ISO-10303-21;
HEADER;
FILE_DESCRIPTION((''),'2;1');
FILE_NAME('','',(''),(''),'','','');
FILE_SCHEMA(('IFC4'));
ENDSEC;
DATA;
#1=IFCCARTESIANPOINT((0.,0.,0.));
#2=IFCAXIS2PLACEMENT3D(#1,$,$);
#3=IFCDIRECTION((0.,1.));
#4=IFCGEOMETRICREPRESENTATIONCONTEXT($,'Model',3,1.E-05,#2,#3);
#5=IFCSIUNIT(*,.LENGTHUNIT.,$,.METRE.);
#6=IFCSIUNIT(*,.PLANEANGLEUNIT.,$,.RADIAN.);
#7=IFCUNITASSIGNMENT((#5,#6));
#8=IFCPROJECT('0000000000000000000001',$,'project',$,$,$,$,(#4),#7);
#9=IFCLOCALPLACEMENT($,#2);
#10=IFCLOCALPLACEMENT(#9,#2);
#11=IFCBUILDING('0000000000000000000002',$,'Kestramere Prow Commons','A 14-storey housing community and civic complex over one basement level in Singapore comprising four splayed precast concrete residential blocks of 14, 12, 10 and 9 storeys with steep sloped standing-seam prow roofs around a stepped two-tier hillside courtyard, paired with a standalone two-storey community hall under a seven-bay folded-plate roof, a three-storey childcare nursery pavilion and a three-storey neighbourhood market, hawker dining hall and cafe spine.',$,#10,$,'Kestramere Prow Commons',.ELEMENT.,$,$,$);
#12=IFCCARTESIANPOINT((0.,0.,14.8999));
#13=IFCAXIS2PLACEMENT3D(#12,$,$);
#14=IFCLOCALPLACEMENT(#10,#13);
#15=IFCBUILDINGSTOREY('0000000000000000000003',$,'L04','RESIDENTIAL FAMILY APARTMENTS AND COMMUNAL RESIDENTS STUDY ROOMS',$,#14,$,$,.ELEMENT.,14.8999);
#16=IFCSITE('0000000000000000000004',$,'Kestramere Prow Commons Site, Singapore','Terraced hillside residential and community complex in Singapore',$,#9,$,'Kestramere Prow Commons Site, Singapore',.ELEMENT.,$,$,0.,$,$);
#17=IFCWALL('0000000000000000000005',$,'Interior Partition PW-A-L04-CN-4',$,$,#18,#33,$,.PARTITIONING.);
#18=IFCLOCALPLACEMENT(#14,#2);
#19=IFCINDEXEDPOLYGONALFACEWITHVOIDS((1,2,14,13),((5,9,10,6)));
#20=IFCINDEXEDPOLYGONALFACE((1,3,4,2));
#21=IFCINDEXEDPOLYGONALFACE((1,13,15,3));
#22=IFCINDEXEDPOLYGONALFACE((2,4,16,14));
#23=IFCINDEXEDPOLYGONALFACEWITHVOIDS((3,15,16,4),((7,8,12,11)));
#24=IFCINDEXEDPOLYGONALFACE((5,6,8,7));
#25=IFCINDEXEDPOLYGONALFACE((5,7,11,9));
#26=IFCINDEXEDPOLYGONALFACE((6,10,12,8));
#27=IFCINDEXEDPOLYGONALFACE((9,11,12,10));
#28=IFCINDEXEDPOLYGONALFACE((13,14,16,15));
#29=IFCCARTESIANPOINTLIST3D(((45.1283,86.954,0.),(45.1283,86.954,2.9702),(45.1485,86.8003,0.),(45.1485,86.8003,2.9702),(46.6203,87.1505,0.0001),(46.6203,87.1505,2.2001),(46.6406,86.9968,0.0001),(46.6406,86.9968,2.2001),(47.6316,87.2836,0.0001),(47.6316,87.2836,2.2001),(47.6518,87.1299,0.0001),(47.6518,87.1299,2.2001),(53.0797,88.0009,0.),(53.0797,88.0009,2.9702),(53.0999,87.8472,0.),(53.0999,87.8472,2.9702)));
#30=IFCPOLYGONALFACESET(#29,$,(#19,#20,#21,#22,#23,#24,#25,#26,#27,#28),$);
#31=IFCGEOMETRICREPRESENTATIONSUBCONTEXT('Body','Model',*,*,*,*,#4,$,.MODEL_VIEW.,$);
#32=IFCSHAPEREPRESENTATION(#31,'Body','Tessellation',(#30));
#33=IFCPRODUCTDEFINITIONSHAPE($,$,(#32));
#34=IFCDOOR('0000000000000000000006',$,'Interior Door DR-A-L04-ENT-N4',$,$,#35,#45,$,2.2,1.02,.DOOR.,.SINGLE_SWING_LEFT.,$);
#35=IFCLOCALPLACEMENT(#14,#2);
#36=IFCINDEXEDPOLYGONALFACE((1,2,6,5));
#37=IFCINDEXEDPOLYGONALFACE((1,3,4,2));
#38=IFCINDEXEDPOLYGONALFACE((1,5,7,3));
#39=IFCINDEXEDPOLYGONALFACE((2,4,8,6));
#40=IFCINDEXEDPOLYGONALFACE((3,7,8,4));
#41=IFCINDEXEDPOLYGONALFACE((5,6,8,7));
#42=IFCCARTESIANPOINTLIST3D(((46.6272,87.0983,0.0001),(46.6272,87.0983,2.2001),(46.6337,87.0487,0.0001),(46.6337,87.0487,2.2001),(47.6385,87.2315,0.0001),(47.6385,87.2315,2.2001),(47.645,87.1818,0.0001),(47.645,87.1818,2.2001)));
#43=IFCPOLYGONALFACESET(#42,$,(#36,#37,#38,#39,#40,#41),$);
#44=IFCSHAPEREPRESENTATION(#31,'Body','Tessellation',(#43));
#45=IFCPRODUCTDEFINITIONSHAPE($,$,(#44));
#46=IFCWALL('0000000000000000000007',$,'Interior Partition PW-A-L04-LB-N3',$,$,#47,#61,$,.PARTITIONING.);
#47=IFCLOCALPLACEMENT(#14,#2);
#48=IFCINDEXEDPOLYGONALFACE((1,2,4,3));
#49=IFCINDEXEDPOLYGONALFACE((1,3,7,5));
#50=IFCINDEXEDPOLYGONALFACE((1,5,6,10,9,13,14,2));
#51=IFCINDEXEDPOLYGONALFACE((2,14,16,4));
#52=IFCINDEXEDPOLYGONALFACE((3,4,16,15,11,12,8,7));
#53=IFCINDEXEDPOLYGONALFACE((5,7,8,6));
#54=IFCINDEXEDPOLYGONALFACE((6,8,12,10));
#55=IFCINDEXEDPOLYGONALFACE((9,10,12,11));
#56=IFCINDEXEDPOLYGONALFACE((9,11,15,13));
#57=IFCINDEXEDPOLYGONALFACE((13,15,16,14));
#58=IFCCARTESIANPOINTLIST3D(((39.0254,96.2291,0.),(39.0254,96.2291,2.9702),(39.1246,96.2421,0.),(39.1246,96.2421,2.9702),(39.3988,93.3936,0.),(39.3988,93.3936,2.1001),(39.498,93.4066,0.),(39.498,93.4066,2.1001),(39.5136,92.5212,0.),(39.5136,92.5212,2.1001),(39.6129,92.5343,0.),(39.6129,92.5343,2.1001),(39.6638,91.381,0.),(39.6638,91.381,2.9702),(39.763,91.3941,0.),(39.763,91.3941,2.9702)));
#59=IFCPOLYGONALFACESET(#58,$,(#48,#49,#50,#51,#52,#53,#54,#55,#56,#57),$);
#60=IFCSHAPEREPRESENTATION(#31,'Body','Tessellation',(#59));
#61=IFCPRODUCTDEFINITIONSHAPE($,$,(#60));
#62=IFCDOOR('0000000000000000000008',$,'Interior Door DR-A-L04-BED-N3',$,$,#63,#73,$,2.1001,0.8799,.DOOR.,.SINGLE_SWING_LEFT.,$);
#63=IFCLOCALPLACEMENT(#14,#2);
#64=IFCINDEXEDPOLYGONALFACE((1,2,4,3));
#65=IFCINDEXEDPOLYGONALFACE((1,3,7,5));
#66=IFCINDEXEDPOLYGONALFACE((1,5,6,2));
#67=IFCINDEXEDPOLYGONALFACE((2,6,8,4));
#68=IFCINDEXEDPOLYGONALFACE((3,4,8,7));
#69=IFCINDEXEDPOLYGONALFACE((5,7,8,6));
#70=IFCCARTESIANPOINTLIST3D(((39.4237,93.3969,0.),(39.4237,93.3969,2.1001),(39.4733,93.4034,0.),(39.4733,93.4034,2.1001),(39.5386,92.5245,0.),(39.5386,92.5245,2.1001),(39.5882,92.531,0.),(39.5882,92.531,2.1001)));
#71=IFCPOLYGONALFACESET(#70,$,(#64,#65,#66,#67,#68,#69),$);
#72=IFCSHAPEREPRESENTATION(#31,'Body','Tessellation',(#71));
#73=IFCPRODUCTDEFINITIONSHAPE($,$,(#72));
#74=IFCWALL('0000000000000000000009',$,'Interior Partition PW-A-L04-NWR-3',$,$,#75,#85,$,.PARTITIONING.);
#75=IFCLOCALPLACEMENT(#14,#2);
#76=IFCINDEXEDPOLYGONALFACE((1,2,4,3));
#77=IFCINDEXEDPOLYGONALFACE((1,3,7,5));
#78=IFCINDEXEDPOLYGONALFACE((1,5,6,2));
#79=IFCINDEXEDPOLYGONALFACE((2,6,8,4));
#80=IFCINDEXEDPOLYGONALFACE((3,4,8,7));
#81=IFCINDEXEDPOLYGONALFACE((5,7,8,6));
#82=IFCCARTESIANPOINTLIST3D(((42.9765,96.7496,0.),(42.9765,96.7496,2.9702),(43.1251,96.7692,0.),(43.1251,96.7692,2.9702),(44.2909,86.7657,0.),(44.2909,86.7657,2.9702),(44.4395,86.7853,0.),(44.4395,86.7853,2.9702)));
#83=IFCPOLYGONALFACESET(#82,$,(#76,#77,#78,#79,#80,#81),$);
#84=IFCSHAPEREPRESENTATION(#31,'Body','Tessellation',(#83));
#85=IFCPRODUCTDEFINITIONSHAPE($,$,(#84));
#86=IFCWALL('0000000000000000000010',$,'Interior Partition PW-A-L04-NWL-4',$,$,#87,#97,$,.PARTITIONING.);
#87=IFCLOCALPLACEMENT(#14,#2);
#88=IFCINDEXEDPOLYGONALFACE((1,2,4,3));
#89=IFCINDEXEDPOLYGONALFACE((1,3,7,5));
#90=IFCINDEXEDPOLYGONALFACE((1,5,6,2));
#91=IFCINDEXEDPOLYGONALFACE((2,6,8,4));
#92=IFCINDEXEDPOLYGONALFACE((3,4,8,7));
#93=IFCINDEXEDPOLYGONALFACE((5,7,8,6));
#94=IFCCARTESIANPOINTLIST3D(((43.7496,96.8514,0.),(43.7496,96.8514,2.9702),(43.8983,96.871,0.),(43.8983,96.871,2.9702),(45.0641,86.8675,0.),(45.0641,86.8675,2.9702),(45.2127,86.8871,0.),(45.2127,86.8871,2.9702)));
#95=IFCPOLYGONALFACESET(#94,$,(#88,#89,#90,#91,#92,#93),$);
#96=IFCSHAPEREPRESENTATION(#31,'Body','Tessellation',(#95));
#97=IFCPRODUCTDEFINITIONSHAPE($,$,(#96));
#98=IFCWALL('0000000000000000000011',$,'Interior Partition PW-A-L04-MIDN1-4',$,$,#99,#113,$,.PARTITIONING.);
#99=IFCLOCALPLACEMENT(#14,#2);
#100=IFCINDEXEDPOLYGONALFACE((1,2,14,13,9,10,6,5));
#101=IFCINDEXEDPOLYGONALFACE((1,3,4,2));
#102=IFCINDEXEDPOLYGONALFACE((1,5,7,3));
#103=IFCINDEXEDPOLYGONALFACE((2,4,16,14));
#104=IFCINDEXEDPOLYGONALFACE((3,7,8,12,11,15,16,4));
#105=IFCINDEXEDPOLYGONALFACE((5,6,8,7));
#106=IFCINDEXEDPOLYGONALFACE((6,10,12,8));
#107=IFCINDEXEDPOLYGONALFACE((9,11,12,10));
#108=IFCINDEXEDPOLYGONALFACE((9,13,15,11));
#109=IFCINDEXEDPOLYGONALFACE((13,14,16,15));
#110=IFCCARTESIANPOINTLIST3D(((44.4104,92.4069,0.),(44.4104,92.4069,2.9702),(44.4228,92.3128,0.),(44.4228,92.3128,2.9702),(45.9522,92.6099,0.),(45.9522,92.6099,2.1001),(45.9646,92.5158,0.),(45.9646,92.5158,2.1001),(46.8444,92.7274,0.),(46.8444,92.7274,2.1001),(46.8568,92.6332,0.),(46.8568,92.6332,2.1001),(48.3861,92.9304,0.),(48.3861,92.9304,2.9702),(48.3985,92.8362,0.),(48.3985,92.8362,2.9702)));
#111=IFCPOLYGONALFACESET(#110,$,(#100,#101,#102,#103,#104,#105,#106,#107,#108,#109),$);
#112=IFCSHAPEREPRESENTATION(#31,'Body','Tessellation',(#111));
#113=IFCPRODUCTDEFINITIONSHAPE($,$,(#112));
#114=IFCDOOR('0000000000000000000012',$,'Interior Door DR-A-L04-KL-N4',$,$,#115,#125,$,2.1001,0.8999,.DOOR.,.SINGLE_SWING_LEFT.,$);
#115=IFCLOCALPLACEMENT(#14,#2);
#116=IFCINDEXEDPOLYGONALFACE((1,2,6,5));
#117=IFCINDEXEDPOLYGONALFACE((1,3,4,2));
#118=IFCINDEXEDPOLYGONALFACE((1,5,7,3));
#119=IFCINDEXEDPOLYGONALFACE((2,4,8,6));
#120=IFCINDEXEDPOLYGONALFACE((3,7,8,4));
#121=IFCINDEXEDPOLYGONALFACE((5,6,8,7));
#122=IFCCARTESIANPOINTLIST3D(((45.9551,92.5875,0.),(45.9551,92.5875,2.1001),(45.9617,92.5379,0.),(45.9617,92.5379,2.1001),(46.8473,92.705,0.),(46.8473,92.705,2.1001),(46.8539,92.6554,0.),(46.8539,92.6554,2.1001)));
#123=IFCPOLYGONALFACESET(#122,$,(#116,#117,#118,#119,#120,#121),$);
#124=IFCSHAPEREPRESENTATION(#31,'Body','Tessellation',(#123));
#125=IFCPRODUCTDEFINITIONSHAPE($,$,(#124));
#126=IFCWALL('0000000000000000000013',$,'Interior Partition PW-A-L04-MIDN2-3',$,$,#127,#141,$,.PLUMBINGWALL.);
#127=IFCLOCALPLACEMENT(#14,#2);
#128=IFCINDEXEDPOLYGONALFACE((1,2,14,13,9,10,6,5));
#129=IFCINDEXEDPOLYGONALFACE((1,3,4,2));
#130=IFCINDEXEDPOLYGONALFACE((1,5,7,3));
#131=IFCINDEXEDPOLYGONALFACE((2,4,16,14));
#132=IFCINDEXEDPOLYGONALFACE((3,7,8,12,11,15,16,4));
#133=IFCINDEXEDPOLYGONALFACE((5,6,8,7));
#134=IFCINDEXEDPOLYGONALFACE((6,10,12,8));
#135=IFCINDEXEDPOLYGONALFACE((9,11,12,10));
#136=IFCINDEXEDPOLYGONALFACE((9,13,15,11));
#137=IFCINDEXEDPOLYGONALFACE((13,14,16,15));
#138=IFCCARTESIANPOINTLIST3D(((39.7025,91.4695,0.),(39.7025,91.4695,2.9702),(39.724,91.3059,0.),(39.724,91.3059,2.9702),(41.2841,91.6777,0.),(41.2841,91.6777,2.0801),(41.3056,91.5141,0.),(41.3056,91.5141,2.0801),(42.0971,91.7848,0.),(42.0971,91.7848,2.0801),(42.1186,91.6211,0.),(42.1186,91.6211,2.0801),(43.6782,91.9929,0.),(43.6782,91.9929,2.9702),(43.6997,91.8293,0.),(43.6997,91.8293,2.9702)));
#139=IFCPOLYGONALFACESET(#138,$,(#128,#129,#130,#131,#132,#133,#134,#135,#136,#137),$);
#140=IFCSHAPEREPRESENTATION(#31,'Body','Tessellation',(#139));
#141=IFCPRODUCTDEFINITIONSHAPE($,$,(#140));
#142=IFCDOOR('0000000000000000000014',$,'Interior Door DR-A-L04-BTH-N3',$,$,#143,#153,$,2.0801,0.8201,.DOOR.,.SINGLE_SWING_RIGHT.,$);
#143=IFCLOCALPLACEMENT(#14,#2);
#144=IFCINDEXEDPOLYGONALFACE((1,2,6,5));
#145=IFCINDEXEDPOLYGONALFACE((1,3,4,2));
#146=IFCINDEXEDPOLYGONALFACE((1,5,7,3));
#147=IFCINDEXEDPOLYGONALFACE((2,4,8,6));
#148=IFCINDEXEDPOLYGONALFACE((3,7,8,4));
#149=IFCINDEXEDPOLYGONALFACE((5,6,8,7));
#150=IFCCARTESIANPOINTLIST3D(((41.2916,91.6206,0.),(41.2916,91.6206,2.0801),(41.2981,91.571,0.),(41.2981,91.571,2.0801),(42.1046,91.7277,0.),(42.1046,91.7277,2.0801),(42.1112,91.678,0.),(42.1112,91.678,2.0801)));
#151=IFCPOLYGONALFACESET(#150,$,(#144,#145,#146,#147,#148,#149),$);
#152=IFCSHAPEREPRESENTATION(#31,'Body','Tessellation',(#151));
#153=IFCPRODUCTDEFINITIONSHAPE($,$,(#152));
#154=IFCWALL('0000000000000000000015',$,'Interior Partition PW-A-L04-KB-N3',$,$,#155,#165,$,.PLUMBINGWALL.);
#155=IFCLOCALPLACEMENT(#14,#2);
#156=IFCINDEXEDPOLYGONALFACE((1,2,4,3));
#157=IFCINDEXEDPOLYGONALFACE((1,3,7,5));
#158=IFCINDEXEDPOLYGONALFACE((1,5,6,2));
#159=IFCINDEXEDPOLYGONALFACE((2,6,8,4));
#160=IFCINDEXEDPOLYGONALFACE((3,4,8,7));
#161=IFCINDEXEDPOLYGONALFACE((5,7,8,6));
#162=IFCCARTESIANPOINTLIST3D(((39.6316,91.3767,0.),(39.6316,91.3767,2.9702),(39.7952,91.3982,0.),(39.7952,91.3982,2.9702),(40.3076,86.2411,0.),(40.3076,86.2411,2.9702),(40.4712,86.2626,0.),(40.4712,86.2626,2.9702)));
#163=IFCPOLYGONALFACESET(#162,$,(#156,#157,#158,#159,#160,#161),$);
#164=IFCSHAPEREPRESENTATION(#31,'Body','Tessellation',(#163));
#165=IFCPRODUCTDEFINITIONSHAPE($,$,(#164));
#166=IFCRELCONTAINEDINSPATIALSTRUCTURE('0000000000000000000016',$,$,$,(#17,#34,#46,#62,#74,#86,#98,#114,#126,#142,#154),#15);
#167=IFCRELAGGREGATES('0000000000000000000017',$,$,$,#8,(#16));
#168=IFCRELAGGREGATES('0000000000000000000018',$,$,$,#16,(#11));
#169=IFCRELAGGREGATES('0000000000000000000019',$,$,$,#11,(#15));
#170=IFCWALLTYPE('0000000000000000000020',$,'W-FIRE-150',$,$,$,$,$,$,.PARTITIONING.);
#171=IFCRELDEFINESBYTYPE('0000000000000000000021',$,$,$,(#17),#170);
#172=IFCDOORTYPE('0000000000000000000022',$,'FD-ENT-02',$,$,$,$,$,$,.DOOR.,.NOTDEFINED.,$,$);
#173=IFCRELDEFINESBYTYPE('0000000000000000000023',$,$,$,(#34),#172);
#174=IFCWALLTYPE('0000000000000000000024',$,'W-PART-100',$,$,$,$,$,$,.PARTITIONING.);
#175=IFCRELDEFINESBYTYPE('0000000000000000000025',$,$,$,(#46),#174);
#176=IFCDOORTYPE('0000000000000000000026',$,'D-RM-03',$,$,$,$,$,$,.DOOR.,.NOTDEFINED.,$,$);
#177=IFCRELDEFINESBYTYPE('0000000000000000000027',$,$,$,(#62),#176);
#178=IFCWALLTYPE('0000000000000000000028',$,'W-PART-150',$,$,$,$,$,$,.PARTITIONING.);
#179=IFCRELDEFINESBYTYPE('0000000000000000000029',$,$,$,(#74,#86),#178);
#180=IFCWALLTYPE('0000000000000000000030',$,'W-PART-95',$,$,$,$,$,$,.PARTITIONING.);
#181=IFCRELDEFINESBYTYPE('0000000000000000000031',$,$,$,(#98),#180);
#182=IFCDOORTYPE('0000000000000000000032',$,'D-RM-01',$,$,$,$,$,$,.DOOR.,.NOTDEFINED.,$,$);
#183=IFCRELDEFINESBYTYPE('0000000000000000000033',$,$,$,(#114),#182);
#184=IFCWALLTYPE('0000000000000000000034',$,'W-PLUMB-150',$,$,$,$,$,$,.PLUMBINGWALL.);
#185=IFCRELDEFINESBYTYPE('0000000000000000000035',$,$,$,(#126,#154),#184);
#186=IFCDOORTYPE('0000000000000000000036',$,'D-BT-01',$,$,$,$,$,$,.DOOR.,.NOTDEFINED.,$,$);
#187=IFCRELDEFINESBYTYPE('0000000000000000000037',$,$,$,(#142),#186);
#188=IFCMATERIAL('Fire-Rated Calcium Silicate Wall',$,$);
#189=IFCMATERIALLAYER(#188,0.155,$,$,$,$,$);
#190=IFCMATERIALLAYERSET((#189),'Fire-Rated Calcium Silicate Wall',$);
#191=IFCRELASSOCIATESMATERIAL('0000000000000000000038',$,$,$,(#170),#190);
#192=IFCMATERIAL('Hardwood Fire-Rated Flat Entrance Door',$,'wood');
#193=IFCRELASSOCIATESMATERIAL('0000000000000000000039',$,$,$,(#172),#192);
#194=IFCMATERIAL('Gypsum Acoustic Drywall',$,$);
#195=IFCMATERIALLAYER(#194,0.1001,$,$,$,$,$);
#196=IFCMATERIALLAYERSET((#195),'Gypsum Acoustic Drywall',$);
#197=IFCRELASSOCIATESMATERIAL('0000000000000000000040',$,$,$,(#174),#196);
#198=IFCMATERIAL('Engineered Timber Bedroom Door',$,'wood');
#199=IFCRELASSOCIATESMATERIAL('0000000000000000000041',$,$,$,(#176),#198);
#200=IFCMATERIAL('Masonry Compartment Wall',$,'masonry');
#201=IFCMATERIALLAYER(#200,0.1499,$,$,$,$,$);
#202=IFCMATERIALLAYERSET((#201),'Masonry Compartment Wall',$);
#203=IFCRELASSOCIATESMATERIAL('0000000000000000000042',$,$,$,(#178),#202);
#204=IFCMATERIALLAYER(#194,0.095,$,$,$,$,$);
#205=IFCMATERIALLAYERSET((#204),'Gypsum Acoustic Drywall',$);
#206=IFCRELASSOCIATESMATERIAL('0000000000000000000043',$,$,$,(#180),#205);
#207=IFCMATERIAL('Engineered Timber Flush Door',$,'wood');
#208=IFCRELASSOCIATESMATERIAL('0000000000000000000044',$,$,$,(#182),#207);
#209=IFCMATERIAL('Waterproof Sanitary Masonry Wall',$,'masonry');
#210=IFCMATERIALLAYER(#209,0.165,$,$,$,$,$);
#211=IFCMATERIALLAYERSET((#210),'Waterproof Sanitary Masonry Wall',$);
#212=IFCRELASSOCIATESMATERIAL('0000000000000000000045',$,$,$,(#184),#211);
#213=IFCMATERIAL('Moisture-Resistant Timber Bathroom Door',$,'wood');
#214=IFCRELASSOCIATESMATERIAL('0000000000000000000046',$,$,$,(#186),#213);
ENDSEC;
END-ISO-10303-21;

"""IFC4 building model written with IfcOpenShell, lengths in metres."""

from ifc_helpers import new_model, si_unit, direction, frame, frame_2d, origin, place, context, subcontext, project, spatial, rectangle, extrude, material, layer, layer_set, type_object, element, fill, save


model = new_model("IFC4")

# Units and contexts
model_context = context("Model", 3, precision=1e-05, world=origin(), true_north=direction((0.0, 1.0)))
body_context = subcontext(model_context, "Body", "Model", "MODEL_VIEW")
ifc_project = project(units=[si_unit("LENGTHUNIT", "METRE"), si_unit("PLANEANGLEUNIT", "RADIAN")], contexts=[model_context])

# Site, building, storey
site_placement = place(None, origin())
site = spatial("IfcSite", under=ifc_project, at=site_placement, Name="Kestramere Prow Commons Site, Singapore", Description="Terraced hillside residential and community complex in Singapore", LongName="Kestramere Prow Commons Site, Singapore", CompositionType="ELEMENT", RefElevation=0.0)
building_placement = place(site_placement, origin())
building = spatial("IfcBuilding", under=site, at=building_placement, Name="Kestramere Prow Commons", Description="A 14-storey housing community and civic complex over one basement level in Singapore comprising four splayed precast concrete residential blocks of 14, 12, 10 and 9 storeys with steep sloped standing-seam prow roofs around a stepped two-tier hillside courtyard, paired with a standalone two-storey community hall under a seven-bay folded-plate roof, a three-storey childcare nursery pavilion and a three-storey neighbourhood market, hawker dining hall and cafe spine.", LongName="Kestramere Prow Commons", CompositionType="ELEMENT")
storey_placement = place(building_placement, frame((0.0, 0.0, 14.8999)))
storey = spatial("IfcBuildingStorey", under=building, at=storey_placement, Name="L04", Description="RESIDENTIAL FAMILY APARTMENTS AND COMMUNAL RESIDENTS STUDY ROOMS", CompositionType="ELEMENT", Elevation=14.8999)

# Walls, openings, doors
ifc_material_1 = material(Name="Fire-Rated Calcium Silicate Wall")
ifc_layer_1 = layer(ifc_material_1, 0.155)
ifc_layer_set_1 = layer_set([ifc_layer_1], Name="Fire-Rated Calcium Silicate Wall")
wall_type_1 = type_object("IfcWallType", Name="W-FIRE-150", PredefinedType="PARTITIONING", material=ifc_layer_set_1)
ifc_material_2 = material(Name="Hardwood Fire-Rated Flat Entrance Door", Category="wood")
door_type_1 = type_object("IfcDoorType", Name="FD-ENT-02", OperationType="NOTDEFINED", PredefinedType="DOOR", material=ifc_material_2)
wall_1_placement = place(storey_placement, frame((45.1384, 86.8772, 0.0), z_axis=(0.0, 0.0, 1.0), x_axis=(0.991444, 0.130532, 0.0)))
wall_1 = element("IfcWall", 1, at=wall_1_placement, inside=storey, type_object=wall_type_1, Name="Interior Partition PW-A-L04-CN-4", PredefinedType="PARTITIONING", context=body_context, shape_type="SweptSolid", body=[
    extrude(rectangle(XDim=8.02, YDim=0.155, at=frame_2d((4.01, 0.0))), origin(), (0.0, 0.0, 1.0), 2.9702),
])
opening_1_placement = place(wall_1_placement, frame((1.5049, 0.0, 0.0)))
opening_1 = element("IfcOpeningElement", 2, at=opening_1_placement, cuts=wall_1, PredefinedType="OPENING", context=body_context, shape_type="SweptSolid", body=[
    extrude(rectangle(XDim=1.02, YDim=2.2, at=frame_2d((0.51, 1.1001))), frame((0.0, 0.0925, 0.0), z_axis=(0.0, -1.0, 0.0), x_axis=(1.0, 0.0, 0.0)), (0.0, 0.0, 1.0), 0.1851),
])
door_1_placement = place(opening_1_placement, origin())
door_1 = element("IfcDoor", 3, at=door_1_placement, inside=storey, type_object=door_type_1, Name="Interior Door DR-A-L04-ENT-N4", OperationType="SINGLE_SWING_LEFT", OverallHeight=2.2, OverallWidth=1.02, PredefinedType="DOOR", context=body_context, shape_type="SweptSolid", body=[
    extrude(rectangle(XDim=1.02, YDim=2.2, at=frame_2d((0.51, 1.1001))), frame((0.0, 0.0249, 0.0), z_axis=(0.0, -1.0, 0.0), x_axis=(1.0, 0.0, 0.0)), (0.0, 0.0, 1.0), 0.05),
])
fill(opening_1, door_1)
ifc_material_3 = material(Name="Gypsum Acoustic Drywall")
ifc_layer_2 = layer(ifc_material_3, 0.1001)
ifc_layer_set_2 = layer_set([ifc_layer_2], Name="Gypsum Acoustic Drywall")
wall_type_2 = type_object("IfcWallType", Name="W-PART-100", PredefinedType="PARTITIONING", material=ifc_layer_set_2)
wall_2_placement = place(storey_placement, frame((39.7134, 91.3877, 0.0), z_axis=(0.0, 0.0, 1.0), x_axis=(-0.130558, 0.991441, 0.0)))
wall_2 = element("IfcWall", 4, at=wall_2_placement, inside=storey, type_object=wall_type_2, Name="Interior Partition PW-A-L04-LB-N3", PredefinedType="PARTITIONING", context=body_context, shape_type="SweptSolid", body=[
    extrude(rectangle(XDim=4.8899, YDim=0.1001, at=frame_2d((2.4448, 0.0))), origin(), (0.0, 0.0, 1.0), 2.9702),
])
opening_2_placement = place(wall_2_placement, frame((1.1499, 0.0, 0.0)))
opening_2 = element("IfcOpeningElement", 5, at=opening_2_placement, cuts=wall_2, PredefinedType="OPENING", context=body_context, shape_type="SweptSolid", body=[
    extrude(rectangle(XDim=0.8799, YDim=2.1001, at=frame_2d((0.4399, 1.05))), frame((0.0, 0.0649, 0.0), z_axis=(0.0, -1.0, 0.0), x_axis=(1.0, 0.0, 0.0)), (0.0, 0.0, 1.0), 0.1301),
])
ifc_material_4 = material(Name="Engineered Timber Bedroom Door", Category="wood")
door_type_2 = type_object("IfcDoorType", Name="D-RM-03", OperationType="NOTDEFINED", PredefinedType="DOOR", material=ifc_material_4)
door_2_placement = place(opening_2_placement, origin())
door_2 = element("IfcDoor", 6, at=door_2_placement, inside=storey, type_object=door_type_2, Name="Interior Door DR-A-L04-BED-N3", OperationType="SINGLE_SWING_LEFT", OverallHeight=2.1001, OverallWidth=0.8799, PredefinedType="DOOR", context=body_context, shape_type="SweptSolid", body=[
    extrude(rectangle(XDim=0.8799, YDim=2.1001, at=frame_2d((0.4399, 1.05))), frame((0.0, 0.0249, 0.0), z_axis=(0.0, -1.0, 0.0), x_axis=(1.0, 0.0, 0.0)), (0.0, 0.0, 1.0), 0.05),
])
fill(opening_2, door_2)

# Walls
ifc_material_5 = material(Name="Masonry Compartment Wall", Category="masonry")
ifc_layer_3 = layer(ifc_material_5, 0.1499)
ifc_layer_set_3 = layer_set([ifc_layer_3], Name="Masonry Compartment Wall")
wall_type_3 = type_object("IfcWallType", Name="W-PART-150", PredefinedType="PARTITIONING", material=ifc_layer_set_3)
for number, where, z_axis, x_axis, name in (
    (7, (44.3652, 86.7754, 0.0), (0.0, 0.0, 1.0), (-0.130531, 0.991444, 0.0), "Interior Partition PW-A-L04-NWR-3"),
    (8, (45.1384, 86.8772, 0.0), (0.0, 0.0, 1.0), (-0.130531, 0.991444, 0.0), "Interior Partition PW-A-L04-NWL-4"),
):
    element("IfcWall", number, at=place(storey_placement, frame(where, z_axis=z_axis, x_axis=x_axis)), inside=storey, type_object=wall_type_3, Name=name, PredefinedType="PARTITIONING", context=body_context, shape_type="SweptSolid", body=[
        extrude(rectangle(XDim=10.0701, YDim=0.1499, at=frame_2d((5.0352, 0.0))), origin(), (0.0, 0.0, 1.0), 2.9702),
    ])

# Walls, openings, doors
ifc_layer_4 = layer(ifc_material_3, 0.095)
ifc_layer_set_4 = layer_set([ifc_layer_4], Name="Gypsum Acoustic Drywall")
wall_type_4 = type_object("IfcWallType", Name="W-PART-95", PredefinedType="PARTITIONING", material=ifc_layer_set_4)
wall_3_placement = place(storey_placement, frame((44.4167, 92.3599, 0.0), z_axis=(0.0, 0.0, 1.0), x_axis=(0.991444, 0.130536, 0.0)))
wall_3 = element("IfcWall", 9, at=wall_3_placement, inside=storey, type_object=wall_type_4, Name="Interior Partition PW-A-L04-MIDN1-4", PredefinedType="PARTITIONING", context=body_context, shape_type="SweptSolid", body=[
    extrude(rectangle(XDim=4.01, YDim=0.095, at=frame_2d((2.0049, 0.0))), origin(), (0.0, 0.0, 1.0), 2.9702),
])
opening_3_placement = place(wall_3_placement, frame((1.5549, 0.0, 0.0)))
opening_3 = element("IfcOpeningElement", 10, at=opening_3_placement, cuts=wall_3, PredefinedType="OPENING", context=body_context, shape_type="SweptSolid", body=[
    extrude(rectangle(XDim=0.8999, YDim=2.1001, at=frame_2d((0.45, 1.05))), frame((0.0, 0.0625, 0.0), z_axis=(0.0, -1.0, 0.0), x_axis=(1.0, 0.0, 0.0)), (0.0, 0.0, 1.0), 0.125),
])
ifc_material_6 = material(Name="Engineered Timber Flush Door", Category="wood")
door_type_3 = type_object("IfcDoorType", Name="D-RM-01", OperationType="NOTDEFINED", PredefinedType="DOOR", material=ifc_material_6)
door_3_placement = place(opening_3_placement, origin())
door_3 = element("IfcDoor", 11, at=door_3_placement, inside=storey, type_object=door_type_3, Name="Interior Door DR-A-L04-KL-N4", OperationType="SINGLE_SWING_LEFT", OverallHeight=2.1001, OverallWidth=0.8999, PredefinedType="DOOR", context=body_context, shape_type="SweptSolid", body=[
    extrude(rectangle(XDim=0.8999, YDim=2.1001, at=frame_2d((0.45, 1.05))), frame((0.0, 0.0249, 0.0), z_axis=(0.0, -1.0, 0.0), x_axis=(1.0, 0.0, 0.0)), (0.0, 0.0, 1.0), 0.05),
])
fill(opening_3, door_3)
ifc_material_7 = material(Name="Waterproof Sanitary Masonry Wall", Category="masonry")
ifc_layer_5 = layer(ifc_material_7, 0.165)
ifc_layer_set_5 = layer_set([ifc_layer_5], Name="Waterproof Sanitary Masonry Wall")
wall_type_5 = type_object("IfcWallType", Name="W-PLUMB-150", PredefinedType="PLUMBINGWALL", material=ifc_layer_set_5)
wall_4_placement = place(storey_placement, frame((39.7134, 91.3877, 0.0), z_axis=(0.0, 0.0, 1.0), x_axis=(0.991444, 0.130536, 0.0)))
wall_4 = element("IfcWall", 12, at=wall_4_placement, inside=storey, type_object=wall_type_5, Name="Interior Partition PW-A-L04-MIDN2-3", PredefinedType="PLUMBINGWALL", context=body_context, shape_type="SweptSolid", body=[
    extrude(rectangle(XDim=4.01, YDim=0.165, at=frame_2d((2.0049, 0.0))), origin(), (0.0, 0.0, 1.0), 2.9702),
])
opening_4_placement = place(wall_4_placement, frame((1.595, 0.0, 0.0)))
opening_4 = element("IfcOpeningElement", 13, at=opening_4_placement, cuts=wall_4, PredefinedType="OPENING", context=body_context, shape_type="SweptSolid", body=[
    extrude(rectangle(XDim=0.8201, YDim=2.0801, at=frame_2d((0.4102, 1.04))), frame((0.0, 0.0974, 0.0), z_axis=(0.0, -1.0, 0.0), x_axis=(1.0, 0.0, 0.0)), (0.0, 0.0, 1.0), 0.1951),
])
ifc_material_8 = material(Name="Moisture-Resistant Timber Bathroom Door", Category="wood")
door_type_4 = type_object("IfcDoorType", Name="D-BT-01", OperationType="NOTDEFINED", PredefinedType="DOOR", material=ifc_material_8)
door_4_placement = place(opening_4_placement, origin())
door_4 = element("IfcDoor", 14, at=door_4_placement, inside=storey, type_object=door_type_4, Name="Interior Door DR-A-L04-BTH-N3", OperationType="SINGLE_SWING_RIGHT", OverallHeight=2.0801, OverallWidth=0.8201, PredefinedType="DOOR", context=body_context, shape_type="SweptSolid", body=[
    extrude(rectangle(XDim=0.8201, YDim=2.0801, at=frame_2d((0.4102, 1.04))), frame((0.0, 0.0249, 0.0), z_axis=(0.0, -1.0, 0.0), x_axis=(1.0, 0.0, 0.0)), (0.0, 0.0, 1.0), 0.05),
])
fill(opening_4, door_4)

# Wall
wall_5_placement = place(storey_placement, frame((40.3894, 86.252, 0.0), z_axis=(0.0, 0.0, 1.0), x_axis=(-0.130506, 0.991448, 0.0)))
element("IfcWall", 15, at=wall_5_placement, inside=storey, type_object=wall_type_5, Name="Interior Partition PW-A-L04-KB-N3", PredefinedType="PLUMBINGWALL", context=body_context, shape_type="SweptSolid", body=[
    extrude(rectangle(XDim=5.1799, YDim=0.165, at=frame_2d((2.5898, 0.0))), origin(), (0.0, 0.0, 1.0), 2.9702),
])

save(model, "model.ifc")
